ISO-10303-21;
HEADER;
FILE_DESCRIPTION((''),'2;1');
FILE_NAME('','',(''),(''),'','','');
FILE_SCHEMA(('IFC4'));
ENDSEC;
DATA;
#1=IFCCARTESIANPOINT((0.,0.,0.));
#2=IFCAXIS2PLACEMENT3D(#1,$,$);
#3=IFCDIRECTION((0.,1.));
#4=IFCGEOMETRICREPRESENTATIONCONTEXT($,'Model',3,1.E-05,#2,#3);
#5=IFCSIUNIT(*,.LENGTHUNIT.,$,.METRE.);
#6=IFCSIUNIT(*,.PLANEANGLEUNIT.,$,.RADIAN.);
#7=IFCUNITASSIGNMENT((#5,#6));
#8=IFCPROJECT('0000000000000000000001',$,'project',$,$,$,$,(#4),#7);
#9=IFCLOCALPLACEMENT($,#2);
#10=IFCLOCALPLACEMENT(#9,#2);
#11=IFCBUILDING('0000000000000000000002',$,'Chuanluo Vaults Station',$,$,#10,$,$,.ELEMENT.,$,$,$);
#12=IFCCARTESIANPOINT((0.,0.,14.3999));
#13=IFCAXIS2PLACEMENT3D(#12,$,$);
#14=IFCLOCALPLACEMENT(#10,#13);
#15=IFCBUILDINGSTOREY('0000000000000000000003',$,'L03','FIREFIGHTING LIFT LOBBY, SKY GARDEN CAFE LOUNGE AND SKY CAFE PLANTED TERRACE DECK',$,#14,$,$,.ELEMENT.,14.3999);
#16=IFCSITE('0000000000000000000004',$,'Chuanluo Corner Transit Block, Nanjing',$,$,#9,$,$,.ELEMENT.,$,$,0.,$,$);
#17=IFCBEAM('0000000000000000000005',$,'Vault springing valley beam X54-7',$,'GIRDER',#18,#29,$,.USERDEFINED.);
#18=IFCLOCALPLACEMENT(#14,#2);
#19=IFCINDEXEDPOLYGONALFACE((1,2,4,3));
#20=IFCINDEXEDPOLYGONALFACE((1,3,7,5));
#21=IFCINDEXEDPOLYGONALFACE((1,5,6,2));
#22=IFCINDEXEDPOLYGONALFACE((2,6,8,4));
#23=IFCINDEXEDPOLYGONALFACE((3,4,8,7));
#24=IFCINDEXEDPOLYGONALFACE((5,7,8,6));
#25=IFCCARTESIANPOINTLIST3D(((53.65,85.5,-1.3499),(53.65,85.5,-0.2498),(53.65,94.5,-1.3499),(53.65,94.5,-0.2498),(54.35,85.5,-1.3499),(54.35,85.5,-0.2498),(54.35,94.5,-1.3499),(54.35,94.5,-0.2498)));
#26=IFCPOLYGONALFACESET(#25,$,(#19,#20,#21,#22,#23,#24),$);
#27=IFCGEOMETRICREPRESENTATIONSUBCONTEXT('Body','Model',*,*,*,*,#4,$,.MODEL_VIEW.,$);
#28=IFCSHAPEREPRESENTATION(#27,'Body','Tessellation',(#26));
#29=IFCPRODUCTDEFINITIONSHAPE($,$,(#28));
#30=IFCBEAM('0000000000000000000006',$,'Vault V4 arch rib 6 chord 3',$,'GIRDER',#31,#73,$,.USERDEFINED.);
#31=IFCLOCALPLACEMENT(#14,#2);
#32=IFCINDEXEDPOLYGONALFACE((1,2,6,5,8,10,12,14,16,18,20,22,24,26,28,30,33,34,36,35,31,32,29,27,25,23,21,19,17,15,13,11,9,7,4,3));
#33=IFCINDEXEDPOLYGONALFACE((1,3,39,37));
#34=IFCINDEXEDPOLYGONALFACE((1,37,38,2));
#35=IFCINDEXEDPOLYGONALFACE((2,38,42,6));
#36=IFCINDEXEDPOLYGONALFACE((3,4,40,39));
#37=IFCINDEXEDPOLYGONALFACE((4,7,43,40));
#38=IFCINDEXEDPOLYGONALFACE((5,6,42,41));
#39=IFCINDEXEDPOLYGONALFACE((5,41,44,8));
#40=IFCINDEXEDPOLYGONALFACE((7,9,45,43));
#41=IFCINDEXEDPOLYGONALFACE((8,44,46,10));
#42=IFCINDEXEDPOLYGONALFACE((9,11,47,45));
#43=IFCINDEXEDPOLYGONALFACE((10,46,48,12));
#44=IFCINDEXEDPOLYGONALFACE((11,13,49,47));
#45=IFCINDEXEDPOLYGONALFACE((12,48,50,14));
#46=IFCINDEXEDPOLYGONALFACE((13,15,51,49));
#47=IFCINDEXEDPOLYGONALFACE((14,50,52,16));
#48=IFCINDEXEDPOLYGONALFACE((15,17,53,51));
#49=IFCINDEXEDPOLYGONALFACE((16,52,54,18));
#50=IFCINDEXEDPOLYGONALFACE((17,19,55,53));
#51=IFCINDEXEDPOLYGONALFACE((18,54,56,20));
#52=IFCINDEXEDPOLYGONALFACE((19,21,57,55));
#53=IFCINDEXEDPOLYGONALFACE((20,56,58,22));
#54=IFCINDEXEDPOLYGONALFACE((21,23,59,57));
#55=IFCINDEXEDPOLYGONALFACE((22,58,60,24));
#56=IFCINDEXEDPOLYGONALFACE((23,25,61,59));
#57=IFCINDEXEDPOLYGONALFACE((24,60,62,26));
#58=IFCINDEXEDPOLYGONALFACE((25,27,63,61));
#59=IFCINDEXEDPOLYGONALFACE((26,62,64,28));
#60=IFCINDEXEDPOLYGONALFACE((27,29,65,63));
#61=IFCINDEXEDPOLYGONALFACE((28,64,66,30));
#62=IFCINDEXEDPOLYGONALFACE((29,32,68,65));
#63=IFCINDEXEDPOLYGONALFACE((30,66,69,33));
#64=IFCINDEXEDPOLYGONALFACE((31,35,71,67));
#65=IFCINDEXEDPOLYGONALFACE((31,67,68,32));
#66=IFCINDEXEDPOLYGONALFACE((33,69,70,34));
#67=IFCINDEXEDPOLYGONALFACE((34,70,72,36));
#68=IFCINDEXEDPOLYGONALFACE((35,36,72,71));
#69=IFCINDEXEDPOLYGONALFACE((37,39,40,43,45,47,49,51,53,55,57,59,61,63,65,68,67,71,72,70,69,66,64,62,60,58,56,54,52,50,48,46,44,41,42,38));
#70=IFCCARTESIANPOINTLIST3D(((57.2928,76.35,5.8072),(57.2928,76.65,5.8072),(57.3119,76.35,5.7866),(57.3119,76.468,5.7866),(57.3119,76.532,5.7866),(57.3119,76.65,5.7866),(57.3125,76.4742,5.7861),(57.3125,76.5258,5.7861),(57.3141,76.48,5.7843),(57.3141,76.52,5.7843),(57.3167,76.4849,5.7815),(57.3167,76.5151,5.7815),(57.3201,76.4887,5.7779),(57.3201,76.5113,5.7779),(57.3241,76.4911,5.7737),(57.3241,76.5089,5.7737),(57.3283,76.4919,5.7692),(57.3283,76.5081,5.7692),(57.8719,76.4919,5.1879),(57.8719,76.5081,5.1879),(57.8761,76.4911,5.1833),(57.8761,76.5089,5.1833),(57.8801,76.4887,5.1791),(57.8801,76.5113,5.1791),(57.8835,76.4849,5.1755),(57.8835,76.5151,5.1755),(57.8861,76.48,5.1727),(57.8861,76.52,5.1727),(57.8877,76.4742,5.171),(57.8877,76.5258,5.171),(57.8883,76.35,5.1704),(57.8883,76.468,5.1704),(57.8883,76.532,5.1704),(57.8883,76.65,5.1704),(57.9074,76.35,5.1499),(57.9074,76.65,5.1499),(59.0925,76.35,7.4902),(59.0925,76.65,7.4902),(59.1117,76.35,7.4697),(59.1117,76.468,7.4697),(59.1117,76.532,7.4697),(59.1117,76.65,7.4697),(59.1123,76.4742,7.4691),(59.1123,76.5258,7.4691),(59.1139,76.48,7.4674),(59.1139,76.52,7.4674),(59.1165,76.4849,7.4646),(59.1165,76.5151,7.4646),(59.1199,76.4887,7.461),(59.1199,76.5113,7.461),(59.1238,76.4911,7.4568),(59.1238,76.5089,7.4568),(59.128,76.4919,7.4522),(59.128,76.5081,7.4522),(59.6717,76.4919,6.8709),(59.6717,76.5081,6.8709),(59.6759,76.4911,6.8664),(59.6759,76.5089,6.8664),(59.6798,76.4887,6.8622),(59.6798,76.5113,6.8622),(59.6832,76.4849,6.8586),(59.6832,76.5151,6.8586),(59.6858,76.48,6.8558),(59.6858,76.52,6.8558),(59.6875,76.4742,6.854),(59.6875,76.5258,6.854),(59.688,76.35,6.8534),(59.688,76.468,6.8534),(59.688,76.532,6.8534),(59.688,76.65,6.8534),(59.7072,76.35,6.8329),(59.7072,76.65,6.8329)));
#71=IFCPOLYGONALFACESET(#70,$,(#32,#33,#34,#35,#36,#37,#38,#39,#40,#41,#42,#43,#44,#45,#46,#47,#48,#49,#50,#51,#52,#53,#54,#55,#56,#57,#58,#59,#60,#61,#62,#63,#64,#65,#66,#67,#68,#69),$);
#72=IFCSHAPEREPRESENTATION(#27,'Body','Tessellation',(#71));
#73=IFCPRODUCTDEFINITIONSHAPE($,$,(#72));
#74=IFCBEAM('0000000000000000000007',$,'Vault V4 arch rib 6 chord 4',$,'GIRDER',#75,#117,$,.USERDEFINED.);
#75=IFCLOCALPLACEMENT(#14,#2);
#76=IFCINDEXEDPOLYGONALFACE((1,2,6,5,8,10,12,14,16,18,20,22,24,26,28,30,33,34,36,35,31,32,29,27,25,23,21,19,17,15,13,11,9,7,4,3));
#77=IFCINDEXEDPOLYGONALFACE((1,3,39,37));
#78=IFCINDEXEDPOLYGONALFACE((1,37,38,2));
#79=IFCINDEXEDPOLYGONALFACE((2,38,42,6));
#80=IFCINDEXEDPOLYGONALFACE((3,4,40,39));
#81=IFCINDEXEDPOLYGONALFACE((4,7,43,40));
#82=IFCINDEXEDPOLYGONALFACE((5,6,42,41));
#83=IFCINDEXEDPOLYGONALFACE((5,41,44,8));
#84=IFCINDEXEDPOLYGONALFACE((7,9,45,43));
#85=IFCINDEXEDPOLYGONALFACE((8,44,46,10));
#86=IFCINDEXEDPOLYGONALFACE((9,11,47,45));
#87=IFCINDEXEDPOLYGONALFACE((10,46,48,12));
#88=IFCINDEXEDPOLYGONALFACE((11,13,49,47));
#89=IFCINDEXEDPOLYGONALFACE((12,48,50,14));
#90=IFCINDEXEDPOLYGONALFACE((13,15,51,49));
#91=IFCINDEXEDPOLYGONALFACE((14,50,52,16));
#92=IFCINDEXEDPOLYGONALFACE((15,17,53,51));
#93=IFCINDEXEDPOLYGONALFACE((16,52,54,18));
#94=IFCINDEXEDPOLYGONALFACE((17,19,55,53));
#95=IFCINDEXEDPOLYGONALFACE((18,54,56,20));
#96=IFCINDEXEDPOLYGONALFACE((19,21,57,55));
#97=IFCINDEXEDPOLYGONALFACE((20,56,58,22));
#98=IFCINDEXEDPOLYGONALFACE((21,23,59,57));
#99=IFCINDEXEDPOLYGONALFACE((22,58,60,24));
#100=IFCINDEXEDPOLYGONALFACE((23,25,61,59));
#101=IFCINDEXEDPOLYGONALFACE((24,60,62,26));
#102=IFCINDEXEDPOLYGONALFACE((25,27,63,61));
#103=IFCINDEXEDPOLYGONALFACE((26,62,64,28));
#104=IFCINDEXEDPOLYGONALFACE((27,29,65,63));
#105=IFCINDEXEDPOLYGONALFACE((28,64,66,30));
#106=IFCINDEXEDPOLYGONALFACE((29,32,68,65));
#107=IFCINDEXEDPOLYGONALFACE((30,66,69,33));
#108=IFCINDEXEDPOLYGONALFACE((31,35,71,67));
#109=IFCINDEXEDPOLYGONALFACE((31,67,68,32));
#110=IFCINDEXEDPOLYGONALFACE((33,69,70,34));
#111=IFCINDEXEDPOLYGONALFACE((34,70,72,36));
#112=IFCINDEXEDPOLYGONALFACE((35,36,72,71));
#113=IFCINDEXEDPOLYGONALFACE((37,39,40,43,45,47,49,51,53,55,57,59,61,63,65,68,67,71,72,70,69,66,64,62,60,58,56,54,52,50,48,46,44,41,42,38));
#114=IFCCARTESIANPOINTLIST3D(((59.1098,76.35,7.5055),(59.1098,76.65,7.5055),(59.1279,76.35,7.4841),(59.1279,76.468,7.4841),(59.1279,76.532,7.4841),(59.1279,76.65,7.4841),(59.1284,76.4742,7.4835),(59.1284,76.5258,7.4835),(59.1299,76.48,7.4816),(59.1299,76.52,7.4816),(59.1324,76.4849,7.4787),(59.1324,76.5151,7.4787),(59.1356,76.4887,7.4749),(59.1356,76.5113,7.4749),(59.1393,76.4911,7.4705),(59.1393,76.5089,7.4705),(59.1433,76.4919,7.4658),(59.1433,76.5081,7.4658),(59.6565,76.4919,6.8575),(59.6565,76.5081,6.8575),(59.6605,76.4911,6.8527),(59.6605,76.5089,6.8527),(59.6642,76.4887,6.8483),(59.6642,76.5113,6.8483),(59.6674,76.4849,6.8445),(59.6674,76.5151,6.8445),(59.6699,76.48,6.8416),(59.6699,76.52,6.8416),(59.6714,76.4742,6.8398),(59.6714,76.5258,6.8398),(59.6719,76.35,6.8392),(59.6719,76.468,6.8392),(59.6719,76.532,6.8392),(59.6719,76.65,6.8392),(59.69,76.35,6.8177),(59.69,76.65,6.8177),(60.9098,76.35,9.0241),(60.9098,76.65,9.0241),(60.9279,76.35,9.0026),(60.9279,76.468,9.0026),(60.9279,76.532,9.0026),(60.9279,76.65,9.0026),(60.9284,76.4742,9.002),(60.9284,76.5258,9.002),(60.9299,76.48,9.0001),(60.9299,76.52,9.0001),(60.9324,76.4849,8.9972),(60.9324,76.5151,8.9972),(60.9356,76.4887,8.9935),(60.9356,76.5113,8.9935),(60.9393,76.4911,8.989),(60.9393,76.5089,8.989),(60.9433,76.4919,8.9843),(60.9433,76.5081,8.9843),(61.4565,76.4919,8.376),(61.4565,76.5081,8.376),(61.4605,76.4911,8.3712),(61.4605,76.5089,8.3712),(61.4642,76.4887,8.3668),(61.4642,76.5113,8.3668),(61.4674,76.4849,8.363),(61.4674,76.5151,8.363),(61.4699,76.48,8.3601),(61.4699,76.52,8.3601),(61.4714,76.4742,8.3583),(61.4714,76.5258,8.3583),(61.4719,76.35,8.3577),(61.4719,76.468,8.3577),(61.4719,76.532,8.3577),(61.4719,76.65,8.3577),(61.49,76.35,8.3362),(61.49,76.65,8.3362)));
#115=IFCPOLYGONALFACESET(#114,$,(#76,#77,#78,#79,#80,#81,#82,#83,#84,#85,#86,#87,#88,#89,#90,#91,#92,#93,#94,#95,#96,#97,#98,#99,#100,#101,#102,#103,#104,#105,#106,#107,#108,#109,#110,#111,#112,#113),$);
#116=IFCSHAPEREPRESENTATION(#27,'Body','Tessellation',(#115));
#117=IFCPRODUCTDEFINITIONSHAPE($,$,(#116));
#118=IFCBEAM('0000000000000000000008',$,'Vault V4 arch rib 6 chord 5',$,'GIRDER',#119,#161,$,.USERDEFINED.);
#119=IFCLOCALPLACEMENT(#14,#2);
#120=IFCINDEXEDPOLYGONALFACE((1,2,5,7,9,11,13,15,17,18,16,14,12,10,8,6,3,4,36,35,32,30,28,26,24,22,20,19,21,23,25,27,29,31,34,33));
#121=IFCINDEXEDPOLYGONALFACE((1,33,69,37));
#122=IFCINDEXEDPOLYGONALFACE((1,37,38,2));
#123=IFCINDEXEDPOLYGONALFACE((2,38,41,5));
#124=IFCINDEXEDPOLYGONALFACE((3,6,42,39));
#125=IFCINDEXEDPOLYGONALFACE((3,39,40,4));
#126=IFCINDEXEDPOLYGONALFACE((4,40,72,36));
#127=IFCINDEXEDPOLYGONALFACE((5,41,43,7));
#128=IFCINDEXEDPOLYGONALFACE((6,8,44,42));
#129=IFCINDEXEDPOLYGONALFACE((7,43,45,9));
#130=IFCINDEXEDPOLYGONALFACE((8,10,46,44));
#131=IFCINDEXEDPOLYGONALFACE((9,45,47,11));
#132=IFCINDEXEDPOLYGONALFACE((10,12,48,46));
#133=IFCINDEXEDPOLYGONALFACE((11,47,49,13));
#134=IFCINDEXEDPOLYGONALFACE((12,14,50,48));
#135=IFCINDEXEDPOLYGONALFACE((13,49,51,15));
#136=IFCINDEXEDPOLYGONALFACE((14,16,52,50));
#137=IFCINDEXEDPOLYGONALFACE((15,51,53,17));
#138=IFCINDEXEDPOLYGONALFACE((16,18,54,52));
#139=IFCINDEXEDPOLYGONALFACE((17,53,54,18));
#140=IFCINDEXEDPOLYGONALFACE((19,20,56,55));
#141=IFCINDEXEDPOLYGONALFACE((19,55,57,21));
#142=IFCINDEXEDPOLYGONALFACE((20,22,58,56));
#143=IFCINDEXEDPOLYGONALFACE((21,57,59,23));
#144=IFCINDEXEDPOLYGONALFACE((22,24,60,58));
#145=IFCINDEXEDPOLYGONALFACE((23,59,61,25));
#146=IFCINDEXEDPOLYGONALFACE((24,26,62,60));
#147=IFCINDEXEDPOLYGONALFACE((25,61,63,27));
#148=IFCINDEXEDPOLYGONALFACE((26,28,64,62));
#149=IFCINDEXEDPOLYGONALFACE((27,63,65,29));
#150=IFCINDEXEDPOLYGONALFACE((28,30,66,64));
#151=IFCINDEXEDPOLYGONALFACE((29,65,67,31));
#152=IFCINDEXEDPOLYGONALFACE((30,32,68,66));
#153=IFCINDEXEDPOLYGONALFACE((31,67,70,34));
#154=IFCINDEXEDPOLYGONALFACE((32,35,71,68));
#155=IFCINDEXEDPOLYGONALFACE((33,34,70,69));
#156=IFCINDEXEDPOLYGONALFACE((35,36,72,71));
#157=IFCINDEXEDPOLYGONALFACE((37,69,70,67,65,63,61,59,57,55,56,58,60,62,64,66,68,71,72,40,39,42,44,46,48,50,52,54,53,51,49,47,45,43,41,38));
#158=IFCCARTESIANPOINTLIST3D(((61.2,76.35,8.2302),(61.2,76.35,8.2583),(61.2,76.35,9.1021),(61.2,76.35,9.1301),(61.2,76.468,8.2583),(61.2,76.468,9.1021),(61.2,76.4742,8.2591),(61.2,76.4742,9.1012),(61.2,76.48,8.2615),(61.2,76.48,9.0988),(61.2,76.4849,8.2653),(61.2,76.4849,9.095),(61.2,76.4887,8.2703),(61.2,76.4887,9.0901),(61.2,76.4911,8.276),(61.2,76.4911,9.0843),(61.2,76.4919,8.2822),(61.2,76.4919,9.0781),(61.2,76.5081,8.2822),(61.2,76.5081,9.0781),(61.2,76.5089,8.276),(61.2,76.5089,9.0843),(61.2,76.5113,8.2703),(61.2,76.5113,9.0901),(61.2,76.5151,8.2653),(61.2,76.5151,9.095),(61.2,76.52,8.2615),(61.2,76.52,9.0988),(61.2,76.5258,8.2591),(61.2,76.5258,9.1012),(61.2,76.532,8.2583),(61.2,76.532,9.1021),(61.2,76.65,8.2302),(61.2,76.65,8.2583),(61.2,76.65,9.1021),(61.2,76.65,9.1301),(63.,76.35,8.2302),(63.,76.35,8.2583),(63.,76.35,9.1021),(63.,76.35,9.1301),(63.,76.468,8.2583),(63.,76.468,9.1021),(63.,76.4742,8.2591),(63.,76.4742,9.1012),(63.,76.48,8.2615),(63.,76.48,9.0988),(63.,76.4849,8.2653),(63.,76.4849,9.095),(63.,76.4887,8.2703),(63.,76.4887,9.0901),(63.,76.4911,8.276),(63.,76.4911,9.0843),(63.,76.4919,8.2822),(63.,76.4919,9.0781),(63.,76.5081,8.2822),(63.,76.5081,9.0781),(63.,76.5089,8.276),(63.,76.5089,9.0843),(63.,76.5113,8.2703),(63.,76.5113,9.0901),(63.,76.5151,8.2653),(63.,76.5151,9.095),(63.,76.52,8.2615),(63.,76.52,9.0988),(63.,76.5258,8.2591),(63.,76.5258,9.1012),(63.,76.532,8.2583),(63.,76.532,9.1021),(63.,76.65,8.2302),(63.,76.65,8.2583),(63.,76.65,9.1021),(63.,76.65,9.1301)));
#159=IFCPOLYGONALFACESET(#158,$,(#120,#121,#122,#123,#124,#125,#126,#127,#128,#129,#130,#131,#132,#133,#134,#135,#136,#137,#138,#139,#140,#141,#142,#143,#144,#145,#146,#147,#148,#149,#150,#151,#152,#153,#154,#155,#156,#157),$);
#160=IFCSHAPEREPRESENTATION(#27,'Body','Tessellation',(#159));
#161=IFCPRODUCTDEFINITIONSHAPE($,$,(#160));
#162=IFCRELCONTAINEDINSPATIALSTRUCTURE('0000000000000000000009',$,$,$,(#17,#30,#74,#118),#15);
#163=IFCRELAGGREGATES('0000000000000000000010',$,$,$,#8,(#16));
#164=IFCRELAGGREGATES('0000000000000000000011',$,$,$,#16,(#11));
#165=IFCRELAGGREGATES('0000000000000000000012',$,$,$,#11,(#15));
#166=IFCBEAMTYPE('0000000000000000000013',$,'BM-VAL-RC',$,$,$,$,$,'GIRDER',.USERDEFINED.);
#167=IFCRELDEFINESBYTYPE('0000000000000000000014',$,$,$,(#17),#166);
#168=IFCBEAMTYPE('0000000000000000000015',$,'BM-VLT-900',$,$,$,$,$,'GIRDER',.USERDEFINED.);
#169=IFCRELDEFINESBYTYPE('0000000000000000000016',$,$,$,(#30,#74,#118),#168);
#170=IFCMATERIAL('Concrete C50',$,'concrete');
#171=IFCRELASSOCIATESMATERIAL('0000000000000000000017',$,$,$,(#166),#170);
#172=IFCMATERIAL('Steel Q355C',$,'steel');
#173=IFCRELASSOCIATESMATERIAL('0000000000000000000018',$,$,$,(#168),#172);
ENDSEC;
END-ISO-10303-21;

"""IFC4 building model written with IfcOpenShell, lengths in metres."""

from ifc_helpers import new_model, si_unit, direction, frame, origin, origin_2d, place, context, subcontext, project, spatial, rectangle, i_section, extrude, material, material_profile, profile_set, type_object, element, save


model = new_model("IFC4")

# Units and contexts
model_context = context("Model", 3, precision=1e-05, world=origin(), true_north=direction((0.0, 1.0)))
body_context = subcontext(model_context, "Body", "Model", "MODEL_VIEW")
ifc_project = project(units=[si_unit("LENGTHUNIT", "METRE"), si_unit("PLANEANGLEUNIT", "RADIAN")], contexts=[model_context])

# Site, building, storey
site_placement = place(None, origin())
site = spatial("IfcSite", under=ifc_project, at=site_placement, Name="Chuanluo Corner Transit Block, Nanjing", CompositionType="ELEMENT", RefElevation=0.0)
building_placement = place(site_placement, origin())
building = spatial("IfcBuilding", under=site, at=building_placement, Name="Chuanluo Vaults Station", CompositionType="ELEMENT")
storey_placement = place(building_placement, frame((0.0, 0.0, 14.3999)))
storey = spatial("IfcBuildingStorey", under=building, at=storey_placement, Name="L03", Description="FIREFIGHTING LIFT LOBBY, SKY GARDEN CAFE LOUNGE AND SKY CAFE PLANTED TERRACE DECK", CompositionType="ELEMENT", Elevation=14.3999)

# Beams
ifc_material_1 = material(Name="Concrete C50", Category="concrete")
ifc_material_profile_1 = material_profile(ifc_material_1, rectangle(XDim=0.7, YDim=1.1001, at=origin_2d()))
ifc_profile_set_1 = profile_set([ifc_material_profile_1], Name="Concrete C50")
beam_type_1 = type_object("IfcBeamType", Name="BM-VAL-RC", ElementType="GIRDER", PredefinedType="USERDEFINED", material=ifc_profile_set_1)
beam_1_placement = place(storey_placement, frame((54.0, 85.5, -0.7998), z_axis=(0.0, 1.0, 0.0), x_axis=(-1.0, 0.0, 0.0)))
element("IfcBeam", 1, at=beam_1_placement, inside=storey, type_object=beam_type_1, Name="Vault springing valley beam X54-7", ObjectType="GIRDER", PredefinedType="USERDEFINED", context=body_context, shape_type="SweptSolid", body=[
    extrude(rectangle(XDim=0.7, YDim=1.1001, at=origin_2d()), origin(), (0.0, 0.0, 1.0), 9.0),
])
ifc_material_2 = material(Name="Steel Q355C", Category="steel")
ifc_material_profile_2 = material_profile(ifc_material_2, i_section(OverallWidth=0.3, OverallDepth=0.8999, WebThickness=0.0161, FlangeThickness=0.0281, FilletRadius=0.0239, at=origin_2d()))
ifc_profile_set_2 = profile_set([ifc_material_profile_2], Name="Steel Q355C")
beam_type_2 = type_object("IfcBeamType", Name="BM-VLT-900", ElementType="GIRDER", PredefinedType="USERDEFINED", material=ifc_profile_set_2)
beam_2_placement = place(storey_placement, frame((57.6001, 76.5, 5.4785), z_axis=(0.730389, 0.0, 0.683031), x_axis=(0.0, 1.0, 0.0)))
element("IfcBeam", 2, at=beam_2_placement, inside=storey, type_object=beam_type_2, Name="Vault V4 arch rib 6 chord 3", ObjectType="GIRDER", PredefinedType="USERDEFINED", context=body_context, shape_type="SweptSolid", body=[
    extrude(i_section(OverallWidth=0.3, OverallDepth=0.8999, WebThickness=0.0161, FlangeThickness=0.0281, FilletRadius=0.0239, at=origin_2d()), origin(), (0.0, 0.0, 1.0), 2.4641),
])
beam_3_placement = place(storey_placement, frame((59.3999, 76.5, 7.1616), z_axis=(0.764341, 0.0, 0.644812), x_axis=(0.0, 1.0, 0.0)))
element("IfcBeam", 3, at=beam_3_placement, inside=storey, type_object=beam_type_2, Name="Vault V4 arch rib 6 chord 4", ObjectType="GIRDER", PredefinedType="USERDEFINED", context=body_context, shape_type="SweptSolid", body=[
    extrude(i_section(OverallWidth=0.3, OverallDepth=0.8999, WebThickness=0.0161, FlangeThickness=0.0281, FilletRadius=0.0239, at=origin_2d()), origin(), (0.0, 0.0, 1.0), 2.355),
])
for number, where, z_axis, x_axis, name in (
    (4, (61.2, 76.5, 8.6802), (1.0, 0.0, 0.0), (0.0, 1.0, 0.0), "Vault V4 arch rib 6 chord 5"),
):
    element("IfcBeam", number, at=place(storey_placement, frame(where, z_axis=z_axis, x_axis=x_axis)), inside=storey, type_object=beam_type_2, Name=name, ObjectType="GIRDER", PredefinedType="USERDEFINED", context=body_context, shape_type="SweptSolid", body=[
        extrude(i_section(OverallWidth=0.3, OverallDepth=0.8999, WebThickness=0.0161, FlangeThickness=0.0281, FilletRadius=0.0239, at=origin_2d()), origin(), (0.0, 0.0, 1.0), 1.8),
    ])

save(model, "model.ifc")
